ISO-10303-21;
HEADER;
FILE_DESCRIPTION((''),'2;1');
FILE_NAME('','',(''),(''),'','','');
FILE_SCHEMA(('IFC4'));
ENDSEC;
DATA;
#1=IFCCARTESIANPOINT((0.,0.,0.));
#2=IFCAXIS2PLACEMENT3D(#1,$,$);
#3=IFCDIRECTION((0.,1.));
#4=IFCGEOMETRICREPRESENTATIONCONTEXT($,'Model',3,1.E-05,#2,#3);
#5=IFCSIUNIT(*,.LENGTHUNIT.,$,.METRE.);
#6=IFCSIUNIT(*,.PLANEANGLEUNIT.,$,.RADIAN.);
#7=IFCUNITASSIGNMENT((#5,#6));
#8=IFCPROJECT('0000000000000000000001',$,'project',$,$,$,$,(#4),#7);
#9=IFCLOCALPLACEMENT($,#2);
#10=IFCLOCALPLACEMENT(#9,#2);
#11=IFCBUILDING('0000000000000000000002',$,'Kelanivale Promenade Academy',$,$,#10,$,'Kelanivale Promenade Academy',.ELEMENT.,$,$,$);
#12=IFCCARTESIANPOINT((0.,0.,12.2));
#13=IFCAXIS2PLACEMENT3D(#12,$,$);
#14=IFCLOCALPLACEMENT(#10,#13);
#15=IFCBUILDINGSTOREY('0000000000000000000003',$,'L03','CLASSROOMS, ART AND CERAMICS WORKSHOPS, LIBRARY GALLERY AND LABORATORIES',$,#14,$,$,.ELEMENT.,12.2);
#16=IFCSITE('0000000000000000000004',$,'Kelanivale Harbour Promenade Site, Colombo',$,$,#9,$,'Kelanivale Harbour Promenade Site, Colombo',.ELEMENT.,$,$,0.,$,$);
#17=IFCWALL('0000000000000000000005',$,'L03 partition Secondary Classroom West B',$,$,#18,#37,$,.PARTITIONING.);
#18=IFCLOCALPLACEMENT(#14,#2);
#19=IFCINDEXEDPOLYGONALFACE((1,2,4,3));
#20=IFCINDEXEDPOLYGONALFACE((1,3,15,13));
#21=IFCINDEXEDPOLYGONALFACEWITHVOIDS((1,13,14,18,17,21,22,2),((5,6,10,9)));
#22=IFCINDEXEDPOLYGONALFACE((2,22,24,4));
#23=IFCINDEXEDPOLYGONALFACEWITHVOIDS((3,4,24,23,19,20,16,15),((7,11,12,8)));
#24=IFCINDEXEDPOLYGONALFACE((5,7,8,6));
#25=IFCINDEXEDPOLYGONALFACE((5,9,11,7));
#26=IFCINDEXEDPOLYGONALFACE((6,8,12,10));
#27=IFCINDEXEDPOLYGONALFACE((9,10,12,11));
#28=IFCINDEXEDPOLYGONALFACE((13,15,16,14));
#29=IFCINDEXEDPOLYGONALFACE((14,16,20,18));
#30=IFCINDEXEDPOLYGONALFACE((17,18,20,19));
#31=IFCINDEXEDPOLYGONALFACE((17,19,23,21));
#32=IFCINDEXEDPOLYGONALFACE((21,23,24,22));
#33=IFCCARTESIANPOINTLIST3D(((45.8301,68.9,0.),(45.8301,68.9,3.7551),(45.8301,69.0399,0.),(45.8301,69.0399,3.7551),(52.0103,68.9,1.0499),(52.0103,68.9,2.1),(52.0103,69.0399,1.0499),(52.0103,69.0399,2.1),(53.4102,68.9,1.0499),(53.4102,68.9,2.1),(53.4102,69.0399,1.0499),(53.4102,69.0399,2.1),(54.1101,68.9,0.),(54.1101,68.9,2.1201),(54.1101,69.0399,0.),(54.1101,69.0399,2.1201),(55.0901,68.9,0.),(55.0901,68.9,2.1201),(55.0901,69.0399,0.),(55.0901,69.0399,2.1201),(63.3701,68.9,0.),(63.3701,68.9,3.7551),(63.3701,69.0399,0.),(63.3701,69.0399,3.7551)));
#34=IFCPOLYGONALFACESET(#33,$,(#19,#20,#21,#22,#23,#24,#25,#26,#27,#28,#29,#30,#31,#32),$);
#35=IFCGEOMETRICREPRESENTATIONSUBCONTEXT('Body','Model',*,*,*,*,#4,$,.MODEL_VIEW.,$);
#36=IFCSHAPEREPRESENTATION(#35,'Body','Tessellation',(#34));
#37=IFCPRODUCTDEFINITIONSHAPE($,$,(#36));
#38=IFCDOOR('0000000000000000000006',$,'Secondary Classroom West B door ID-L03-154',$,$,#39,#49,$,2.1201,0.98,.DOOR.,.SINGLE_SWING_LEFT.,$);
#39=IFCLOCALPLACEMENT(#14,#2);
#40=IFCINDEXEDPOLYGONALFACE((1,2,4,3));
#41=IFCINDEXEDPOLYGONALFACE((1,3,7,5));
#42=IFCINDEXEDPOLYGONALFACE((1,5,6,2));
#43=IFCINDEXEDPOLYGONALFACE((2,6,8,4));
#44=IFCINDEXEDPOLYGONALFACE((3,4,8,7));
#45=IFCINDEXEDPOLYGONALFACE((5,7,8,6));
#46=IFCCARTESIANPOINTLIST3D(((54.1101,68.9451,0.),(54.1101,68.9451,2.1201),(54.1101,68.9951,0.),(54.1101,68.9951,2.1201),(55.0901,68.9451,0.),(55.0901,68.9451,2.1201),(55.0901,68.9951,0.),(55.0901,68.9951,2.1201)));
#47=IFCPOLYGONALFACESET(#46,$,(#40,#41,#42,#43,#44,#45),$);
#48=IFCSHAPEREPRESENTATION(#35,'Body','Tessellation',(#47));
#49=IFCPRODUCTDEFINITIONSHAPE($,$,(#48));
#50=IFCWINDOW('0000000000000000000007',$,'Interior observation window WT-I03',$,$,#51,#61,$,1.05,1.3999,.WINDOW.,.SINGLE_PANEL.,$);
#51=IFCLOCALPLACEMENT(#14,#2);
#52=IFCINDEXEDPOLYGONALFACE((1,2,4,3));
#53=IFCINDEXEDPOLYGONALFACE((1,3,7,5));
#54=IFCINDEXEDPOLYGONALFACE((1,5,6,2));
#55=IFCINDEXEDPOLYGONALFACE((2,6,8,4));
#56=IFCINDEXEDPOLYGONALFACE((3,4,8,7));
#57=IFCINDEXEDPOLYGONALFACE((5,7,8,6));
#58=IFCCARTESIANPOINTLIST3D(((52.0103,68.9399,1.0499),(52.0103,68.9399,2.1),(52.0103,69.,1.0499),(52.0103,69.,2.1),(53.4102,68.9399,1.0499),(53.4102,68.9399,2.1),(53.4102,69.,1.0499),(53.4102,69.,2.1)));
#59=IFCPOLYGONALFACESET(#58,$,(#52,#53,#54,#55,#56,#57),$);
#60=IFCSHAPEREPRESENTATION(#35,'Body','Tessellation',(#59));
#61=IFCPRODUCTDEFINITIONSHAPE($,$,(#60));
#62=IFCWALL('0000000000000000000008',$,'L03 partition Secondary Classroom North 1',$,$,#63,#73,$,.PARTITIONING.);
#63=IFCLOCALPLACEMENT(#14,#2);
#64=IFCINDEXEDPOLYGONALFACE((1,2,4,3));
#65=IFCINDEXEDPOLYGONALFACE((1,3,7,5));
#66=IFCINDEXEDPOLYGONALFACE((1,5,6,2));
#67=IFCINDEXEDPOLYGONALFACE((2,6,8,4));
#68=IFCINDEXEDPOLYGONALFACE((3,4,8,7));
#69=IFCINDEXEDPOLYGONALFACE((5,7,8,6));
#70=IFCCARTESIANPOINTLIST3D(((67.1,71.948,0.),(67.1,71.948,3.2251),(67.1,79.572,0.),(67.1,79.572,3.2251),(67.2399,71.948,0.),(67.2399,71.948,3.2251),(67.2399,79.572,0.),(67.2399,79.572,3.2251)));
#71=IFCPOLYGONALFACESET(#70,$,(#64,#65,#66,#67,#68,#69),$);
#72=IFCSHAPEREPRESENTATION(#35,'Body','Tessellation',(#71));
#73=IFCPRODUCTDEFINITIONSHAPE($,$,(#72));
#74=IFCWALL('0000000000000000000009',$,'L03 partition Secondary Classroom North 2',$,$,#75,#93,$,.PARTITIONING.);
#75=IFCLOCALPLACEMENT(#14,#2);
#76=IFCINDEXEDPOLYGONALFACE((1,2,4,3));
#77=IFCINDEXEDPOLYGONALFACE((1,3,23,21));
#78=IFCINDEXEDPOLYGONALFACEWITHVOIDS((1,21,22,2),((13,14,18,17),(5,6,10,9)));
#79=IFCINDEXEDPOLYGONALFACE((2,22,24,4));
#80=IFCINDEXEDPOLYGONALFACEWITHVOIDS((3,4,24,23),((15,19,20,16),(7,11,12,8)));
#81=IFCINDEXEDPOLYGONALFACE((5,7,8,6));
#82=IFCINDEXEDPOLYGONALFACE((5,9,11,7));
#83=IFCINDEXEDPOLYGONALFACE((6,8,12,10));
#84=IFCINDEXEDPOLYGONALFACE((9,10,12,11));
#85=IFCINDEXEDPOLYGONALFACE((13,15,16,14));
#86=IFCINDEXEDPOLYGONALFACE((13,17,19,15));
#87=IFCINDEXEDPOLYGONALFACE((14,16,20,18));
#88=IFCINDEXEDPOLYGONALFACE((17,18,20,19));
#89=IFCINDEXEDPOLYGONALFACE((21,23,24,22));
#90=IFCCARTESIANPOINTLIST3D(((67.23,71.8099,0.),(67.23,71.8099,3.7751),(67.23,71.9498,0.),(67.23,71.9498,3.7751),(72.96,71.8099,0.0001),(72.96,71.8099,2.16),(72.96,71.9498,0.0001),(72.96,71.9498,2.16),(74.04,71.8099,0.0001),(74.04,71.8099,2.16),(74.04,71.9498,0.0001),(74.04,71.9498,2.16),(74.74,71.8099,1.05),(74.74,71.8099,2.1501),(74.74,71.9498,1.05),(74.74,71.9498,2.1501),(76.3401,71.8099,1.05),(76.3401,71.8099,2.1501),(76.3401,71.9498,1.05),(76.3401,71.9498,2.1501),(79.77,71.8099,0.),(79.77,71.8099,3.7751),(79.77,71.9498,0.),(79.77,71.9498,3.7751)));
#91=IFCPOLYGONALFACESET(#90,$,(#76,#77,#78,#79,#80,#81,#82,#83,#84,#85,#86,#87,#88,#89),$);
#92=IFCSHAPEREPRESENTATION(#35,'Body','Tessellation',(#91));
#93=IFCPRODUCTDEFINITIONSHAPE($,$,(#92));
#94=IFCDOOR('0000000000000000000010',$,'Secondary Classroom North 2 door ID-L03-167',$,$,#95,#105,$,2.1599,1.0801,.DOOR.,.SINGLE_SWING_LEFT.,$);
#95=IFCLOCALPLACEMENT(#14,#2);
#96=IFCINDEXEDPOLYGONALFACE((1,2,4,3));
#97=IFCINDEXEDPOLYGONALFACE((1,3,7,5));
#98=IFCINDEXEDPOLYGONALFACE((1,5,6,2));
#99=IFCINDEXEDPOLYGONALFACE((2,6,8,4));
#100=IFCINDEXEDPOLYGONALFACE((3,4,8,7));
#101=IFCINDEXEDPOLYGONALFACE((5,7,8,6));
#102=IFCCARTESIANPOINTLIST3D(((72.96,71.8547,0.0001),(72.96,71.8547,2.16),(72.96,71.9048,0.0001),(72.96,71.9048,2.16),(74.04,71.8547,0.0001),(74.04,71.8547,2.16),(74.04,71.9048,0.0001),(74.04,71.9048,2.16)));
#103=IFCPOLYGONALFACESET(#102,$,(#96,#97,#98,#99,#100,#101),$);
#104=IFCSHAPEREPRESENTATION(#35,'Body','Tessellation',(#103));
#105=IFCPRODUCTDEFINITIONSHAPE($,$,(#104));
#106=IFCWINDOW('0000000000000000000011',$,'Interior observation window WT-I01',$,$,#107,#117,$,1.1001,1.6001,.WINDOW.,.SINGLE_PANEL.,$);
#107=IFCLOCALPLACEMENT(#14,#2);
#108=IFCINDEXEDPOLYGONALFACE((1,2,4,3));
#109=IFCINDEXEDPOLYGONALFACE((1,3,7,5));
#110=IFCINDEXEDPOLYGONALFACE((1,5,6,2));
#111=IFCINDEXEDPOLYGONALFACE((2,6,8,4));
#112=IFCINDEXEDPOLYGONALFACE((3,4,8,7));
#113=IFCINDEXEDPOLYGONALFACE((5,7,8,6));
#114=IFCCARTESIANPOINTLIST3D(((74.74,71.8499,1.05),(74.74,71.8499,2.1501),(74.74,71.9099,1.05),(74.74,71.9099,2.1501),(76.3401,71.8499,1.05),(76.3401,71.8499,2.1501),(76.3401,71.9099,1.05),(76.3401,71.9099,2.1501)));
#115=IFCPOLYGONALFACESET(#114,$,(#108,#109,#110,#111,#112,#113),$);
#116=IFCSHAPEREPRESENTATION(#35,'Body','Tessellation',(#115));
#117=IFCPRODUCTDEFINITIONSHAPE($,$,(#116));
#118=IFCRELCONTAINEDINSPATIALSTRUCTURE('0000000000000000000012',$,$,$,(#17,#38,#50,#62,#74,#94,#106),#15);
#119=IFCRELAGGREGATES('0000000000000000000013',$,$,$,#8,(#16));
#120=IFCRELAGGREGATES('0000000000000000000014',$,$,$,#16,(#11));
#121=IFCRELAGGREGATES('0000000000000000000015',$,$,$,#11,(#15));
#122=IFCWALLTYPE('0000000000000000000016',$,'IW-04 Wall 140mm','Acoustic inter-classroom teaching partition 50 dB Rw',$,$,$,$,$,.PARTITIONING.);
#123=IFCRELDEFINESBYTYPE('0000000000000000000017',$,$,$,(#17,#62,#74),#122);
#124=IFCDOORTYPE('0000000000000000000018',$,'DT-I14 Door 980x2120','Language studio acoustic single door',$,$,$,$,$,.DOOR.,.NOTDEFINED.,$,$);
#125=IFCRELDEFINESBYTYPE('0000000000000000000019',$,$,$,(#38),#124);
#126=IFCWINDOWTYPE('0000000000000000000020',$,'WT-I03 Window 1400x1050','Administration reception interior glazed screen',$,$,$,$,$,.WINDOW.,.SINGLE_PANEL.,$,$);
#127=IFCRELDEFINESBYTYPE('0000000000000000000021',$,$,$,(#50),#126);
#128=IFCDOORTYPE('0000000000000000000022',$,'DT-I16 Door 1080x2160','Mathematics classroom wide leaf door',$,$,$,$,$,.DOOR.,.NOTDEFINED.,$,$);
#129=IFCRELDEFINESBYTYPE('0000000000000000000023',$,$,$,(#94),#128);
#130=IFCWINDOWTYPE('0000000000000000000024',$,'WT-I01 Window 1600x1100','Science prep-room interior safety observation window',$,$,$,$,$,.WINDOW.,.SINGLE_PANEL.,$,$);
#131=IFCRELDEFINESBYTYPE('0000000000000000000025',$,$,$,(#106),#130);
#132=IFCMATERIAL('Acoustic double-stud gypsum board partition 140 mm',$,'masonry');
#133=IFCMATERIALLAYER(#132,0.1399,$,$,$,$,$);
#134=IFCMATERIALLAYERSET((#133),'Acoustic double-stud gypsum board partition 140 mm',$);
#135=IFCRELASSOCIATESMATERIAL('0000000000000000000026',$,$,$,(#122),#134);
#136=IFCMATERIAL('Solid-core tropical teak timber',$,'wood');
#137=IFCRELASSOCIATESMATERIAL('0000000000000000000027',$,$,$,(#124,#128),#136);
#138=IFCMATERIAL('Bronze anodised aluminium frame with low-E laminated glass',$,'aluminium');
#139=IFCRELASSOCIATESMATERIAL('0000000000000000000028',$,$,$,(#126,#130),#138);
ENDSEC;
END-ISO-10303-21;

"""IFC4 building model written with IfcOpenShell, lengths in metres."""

from ifc_helpers import new_model, si_unit, direction, frame, frame_2d, origin, place, context, subcontext, project, spatial, rectangle, extrude, material, layer, layer_set, type_object, element, fill, save


model = new_model("IFC4")

# Units and contexts
model_context = context("Model", 3, precision=1e-05, world=origin(), true_north=direction((0.0, 1.0)))
body_context = subcontext(model_context, "Body", "Model", "MODEL_VIEW")
ifc_project = project(units=[si_unit("LENGTHUNIT", "METRE"), si_unit("PLANEANGLEUNIT", "RADIAN")], contexts=[model_context])

# Site, building, storey
site_placement = place(None, origin())
site = spatial("IfcSite", under=ifc_project, at=site_placement, Name="Kelanivale Harbour Promenade Site, Colombo", LongName="Kelanivale Harbour Promenade Site, Colombo", CompositionType="ELEMENT", RefElevation=0.0)
building_placement = place(site_placement, origin())
building = spatial("IfcBuilding", under=site, at=building_placement, Name="Kelanivale Promenade Academy", LongName="Kelanivale Promenade Academy", CompositionType="ELEMENT")
storey_placement = place(building_placement, frame((0.0, 0.0, 12.2)))
storey = spatial("IfcBuildingStorey", under=building, at=storey_placement, Name="L03", Description="CLASSROOMS, ART AND CERAMICS WORKSHOPS, LIBRARY GALLERY AND LABORATORIES", CompositionType="ELEMENT", Elevation=12.2)

# Wall, openings, door, window
ifc_material_1 = material(Name="Acoustic double-stud gypsum board partition 140 mm", Category="masonry")
ifc_layer_1 = layer(ifc_material_1, 0.1399)
ifc_layer_set_1 = layer_set([ifc_layer_1], Name="Acoustic double-stud gypsum board partition 140 mm")
wall_type = type_object("IfcWallType", Name="IW-04 Wall 140mm", Description="Acoustic inter-classroom teaching partition 50 dB Rw", PredefinedType="PARTITIONING", material=ifc_layer_set_1)
wall_1_placement = place(storey_placement, frame((63.3701, 68.97, 0.0), z_axis=(0.0, 0.0, 1.0), x_axis=(-1.0, 0.0, 0.0)))
wall_1 = element("IfcWall", 1, at=wall_1_placement, inside=storey, type_object=wall_type, Name="L03 partition Secondary Classroom West B", PredefinedType="PARTITIONING", context=body_context, shape_type="SweptSolid", body=[
    extrude(rectangle(XDim=17.54, YDim=0.1399, at=frame_2d((8.77, 0.0))), origin(), (0.0, 0.0, 1.0), 3.7551),
])
opening_1_placement = place(wall_1_placement, frame((8.28, 0.0, 0.0)))
opening_1 = element("IfcOpeningElement", 2, at=opening_1_placement, cuts=wall_1, PredefinedType="OPENING", context=body_context, shape_type="SweptSolid", body=[
    extrude(rectangle(XDim=0.98, YDim=2.1201, at=frame_2d((0.49, 1.0601))), frame((0.0, 0.0801, 0.0), z_axis=(0.0, -1.0, 0.0), x_axis=(1.0, 0.0, 0.0)), (0.0, 0.0, 1.0), 0.1599),
])
opening_2_placement = place(wall_1_placement, frame((9.96, 0.0, 1.05)))
opening_2 = element("IfcOpeningElement", 3, at=opening_2_placement, cuts=wall_1, PredefinedType="OPENING", context=body_context, shape_type="SweptSolid", body=[
    extrude(rectangle(XDim=1.3999, YDim=1.05, at=frame_2d((0.7, 0.5249))), frame((0.0, 0.0801, 0.0), z_axis=(0.0, -1.0, 0.0), x_axis=(1.0, 0.0, 0.0)), (0.0, 0.0, 1.0), 0.1599),
])
ifc_material_2 = material(Name="Solid-core tropical teak timber", Category="wood")
door_type_1 = type_object("IfcDoorType", Name="DT-I14 Door 980x2120", Description="Language studio acoustic single door", OperationType="NOTDEFINED", PredefinedType="DOOR", material=ifc_material_2)
door_1_placement = place(opening_1_placement, origin())
door_1 = element("IfcDoor", 4, at=door_1_placement, inside=storey, type_object=door_type_1, Name="Secondary Classroom West B door ID-L03-154", OperationType="SINGLE_SWING_LEFT", OverallHeight=2.1201, OverallWidth=0.98, PredefinedType="DOOR", context=body_context, shape_type="SweptSolid", body=[
    extrude(rectangle(XDim=0.98, YDim=2.1201, at=frame_2d((0.49, 1.0601))), frame((0.0, 0.0249, 0.0), z_axis=(0.0, -1.0, 0.0), x_axis=(1.0, 0.0, 0.0)), (0.0, 0.0, 1.0), 0.05),
])
fill(opening_1, door_1)
ifc_material_3 = material(Name="Bronze anodised aluminium frame with low-E laminated glass", Category="aluminium")
window_type_1 = type_object("IfcWindowType", Name="WT-I03 Window 1400x1050", Description="Administration reception interior glazed screen", PartitioningType="SINGLE_PANEL", PredefinedType="WINDOW", material=ifc_material_3)
window_1_placement = place(opening_2_placement, origin())
window_1 = element("IfcWindow", 5, at=window_1_placement, inside=storey, type_object=window_type_1, Name="Interior observation window WT-I03", OverallHeight=1.05, OverallWidth=1.3999, PartitioningType="SINGLE_PANEL", PredefinedType="WINDOW", context=body_context, shape_type="SweptSolid", body=[
    extrude(rectangle(XDim=1.3999, YDim=1.05, at=frame_2d((0.7, 0.5249))), frame((0.0, 0.03, 0.0), z_axis=(0.0, -1.0, 0.0), x_axis=(1.0, 0.0, 0.0)), (0.0, 0.0, 1.0), 0.0601),
])
fill(opening_2, window_1)

# Wall
wall_2_placement = place(storey_placement, frame((67.1699, 71.948, 0.0), z_axis=(0.0, 0.0, 1.0), x_axis=(0.0, 1.0, 0.0)))
element("IfcWall", 6, at=wall_2_placement, inside=storey, type_object=wall_type, Name="L03 partition Secondary Classroom North 1", PredefinedType="PARTITIONING", context=body_context, shape_type="SweptSolid", body=[
    extrude(rectangle(XDim=7.624, YDim=0.1399, at=frame_2d((3.812, 0.0))), origin(), (0.0, 0.0, 1.0), 3.2251),
])

# Wall, openings, door, window
wall_3_placement = place(storey_placement, frame((67.23, 71.8799, 0.0), z_axis=(0.0, 0.0, 1.0), x_axis=(1.0, 0.0, 0.0)))
wall_3 = element("IfcWall", 7, at=wall_3_placement, inside=storey, type_object=wall_type, Name="L03 partition Secondary Classroom North 2", PredefinedType="PARTITIONING", context=body_context, shape_type="SweptSolid", body=[
    extrude(rectangle(XDim=12.54, YDim=0.1399, at=frame_2d((6.27, 0.0))), origin(), (0.0, 0.0, 1.0), 3.7751),
])
opening_3_placement = place(wall_3_placement, frame((5.73, 0.0, 0.0)))
opening_3 = element("IfcOpeningElement", 8, at=opening_3_placement, cuts=wall_3, PredefinedType="OPENING", context=body_context, shape_type="SweptSolid", body=[
    extrude(rectangle(XDim=1.0801, YDim=2.1599, at=frame_2d((0.54, 1.0801))), frame((0.0, 0.0801, 0.0), z_axis=(0.0, -1.0, 0.0), x_axis=(1.0, 0.0, 0.0)), (0.0, 0.0, 1.0), 0.1599),
])
opening_4_placement = place(wall_3_placement, frame((7.51, 0.0, 1.05)))
opening_4 = element("IfcOpeningElement", 9, at=opening_4_placement, cuts=wall_3, PredefinedType="OPENING", context=body_context, shape_type="SweptSolid", body=[
    extrude(rectangle(XDim=1.6001, YDim=1.1001, at=frame_2d((0.8, 0.55))), frame((0.0, 0.0801, 0.0), z_axis=(0.0, -1.0, 0.0), x_axis=(1.0, 0.0, 0.0)), (0.0, 0.0, 1.0), 0.1599),
])
door_type_2 = type_object("IfcDoorType", Name="DT-I16 Door 1080x2160", Description="Mathematics classroom wide leaf door", OperationType="NOTDEFINED", PredefinedType="DOOR", material=ifc_material_2)
door_2_placement = place(opening_3_placement, origin())
door_2 = element("IfcDoor", 10, at=door_2_placement, inside=storey, type_object=door_type_2, Name="Secondary Classroom North 2 door ID-L03-167", OperationType="SINGLE_SWING_LEFT", OverallHeight=2.1599, OverallWidth=1.0801, PredefinedType="DOOR", context=body_context, shape_type="SweptSolid", body=[
    extrude(rectangle(XDim=1.0801, YDim=2.1599, at=frame_2d((0.54, 1.0801))), frame((0.0, 0.0249, 0.0), z_axis=(0.0, -1.0, 0.0), x_axis=(1.0, 0.0, 0.0)), (0.0, 0.0, 1.0), 0.05),
])
fill(opening_3, door_2)
window_type_2 = type_object("IfcWindowType", Name="WT-I01 Window 1600x1100", Description="Science prep-room interior safety observation window", PartitioningType="SINGLE_PANEL", PredefinedType="WINDOW", material=ifc_material_3)
window_2_placement = place(opening_4_placement, origin())
window_2 = element("IfcWindow", 11, at=window_2_placement, inside=storey, type_object=window_type_2, Name="Interior observation window WT-I01", OverallHeight=1.1001, OverallWidth=1.6001, PartitioningType="SINGLE_PANEL", PredefinedType="WINDOW", context=body_context, shape_type="SweptSolid", body=[
    extrude(rectangle(XDim=1.6001, YDim=1.1001, at=frame_2d((0.8, 0.55))), frame((0.0, 0.03, 0.0), z_axis=(0.0, -1.0, 0.0), x_axis=(1.0, 0.0, 0.0)), (0.0, 0.0, 1.0), 0.0601),
])
fill(opening_4, window_2)

save(model, "model.ifc")
